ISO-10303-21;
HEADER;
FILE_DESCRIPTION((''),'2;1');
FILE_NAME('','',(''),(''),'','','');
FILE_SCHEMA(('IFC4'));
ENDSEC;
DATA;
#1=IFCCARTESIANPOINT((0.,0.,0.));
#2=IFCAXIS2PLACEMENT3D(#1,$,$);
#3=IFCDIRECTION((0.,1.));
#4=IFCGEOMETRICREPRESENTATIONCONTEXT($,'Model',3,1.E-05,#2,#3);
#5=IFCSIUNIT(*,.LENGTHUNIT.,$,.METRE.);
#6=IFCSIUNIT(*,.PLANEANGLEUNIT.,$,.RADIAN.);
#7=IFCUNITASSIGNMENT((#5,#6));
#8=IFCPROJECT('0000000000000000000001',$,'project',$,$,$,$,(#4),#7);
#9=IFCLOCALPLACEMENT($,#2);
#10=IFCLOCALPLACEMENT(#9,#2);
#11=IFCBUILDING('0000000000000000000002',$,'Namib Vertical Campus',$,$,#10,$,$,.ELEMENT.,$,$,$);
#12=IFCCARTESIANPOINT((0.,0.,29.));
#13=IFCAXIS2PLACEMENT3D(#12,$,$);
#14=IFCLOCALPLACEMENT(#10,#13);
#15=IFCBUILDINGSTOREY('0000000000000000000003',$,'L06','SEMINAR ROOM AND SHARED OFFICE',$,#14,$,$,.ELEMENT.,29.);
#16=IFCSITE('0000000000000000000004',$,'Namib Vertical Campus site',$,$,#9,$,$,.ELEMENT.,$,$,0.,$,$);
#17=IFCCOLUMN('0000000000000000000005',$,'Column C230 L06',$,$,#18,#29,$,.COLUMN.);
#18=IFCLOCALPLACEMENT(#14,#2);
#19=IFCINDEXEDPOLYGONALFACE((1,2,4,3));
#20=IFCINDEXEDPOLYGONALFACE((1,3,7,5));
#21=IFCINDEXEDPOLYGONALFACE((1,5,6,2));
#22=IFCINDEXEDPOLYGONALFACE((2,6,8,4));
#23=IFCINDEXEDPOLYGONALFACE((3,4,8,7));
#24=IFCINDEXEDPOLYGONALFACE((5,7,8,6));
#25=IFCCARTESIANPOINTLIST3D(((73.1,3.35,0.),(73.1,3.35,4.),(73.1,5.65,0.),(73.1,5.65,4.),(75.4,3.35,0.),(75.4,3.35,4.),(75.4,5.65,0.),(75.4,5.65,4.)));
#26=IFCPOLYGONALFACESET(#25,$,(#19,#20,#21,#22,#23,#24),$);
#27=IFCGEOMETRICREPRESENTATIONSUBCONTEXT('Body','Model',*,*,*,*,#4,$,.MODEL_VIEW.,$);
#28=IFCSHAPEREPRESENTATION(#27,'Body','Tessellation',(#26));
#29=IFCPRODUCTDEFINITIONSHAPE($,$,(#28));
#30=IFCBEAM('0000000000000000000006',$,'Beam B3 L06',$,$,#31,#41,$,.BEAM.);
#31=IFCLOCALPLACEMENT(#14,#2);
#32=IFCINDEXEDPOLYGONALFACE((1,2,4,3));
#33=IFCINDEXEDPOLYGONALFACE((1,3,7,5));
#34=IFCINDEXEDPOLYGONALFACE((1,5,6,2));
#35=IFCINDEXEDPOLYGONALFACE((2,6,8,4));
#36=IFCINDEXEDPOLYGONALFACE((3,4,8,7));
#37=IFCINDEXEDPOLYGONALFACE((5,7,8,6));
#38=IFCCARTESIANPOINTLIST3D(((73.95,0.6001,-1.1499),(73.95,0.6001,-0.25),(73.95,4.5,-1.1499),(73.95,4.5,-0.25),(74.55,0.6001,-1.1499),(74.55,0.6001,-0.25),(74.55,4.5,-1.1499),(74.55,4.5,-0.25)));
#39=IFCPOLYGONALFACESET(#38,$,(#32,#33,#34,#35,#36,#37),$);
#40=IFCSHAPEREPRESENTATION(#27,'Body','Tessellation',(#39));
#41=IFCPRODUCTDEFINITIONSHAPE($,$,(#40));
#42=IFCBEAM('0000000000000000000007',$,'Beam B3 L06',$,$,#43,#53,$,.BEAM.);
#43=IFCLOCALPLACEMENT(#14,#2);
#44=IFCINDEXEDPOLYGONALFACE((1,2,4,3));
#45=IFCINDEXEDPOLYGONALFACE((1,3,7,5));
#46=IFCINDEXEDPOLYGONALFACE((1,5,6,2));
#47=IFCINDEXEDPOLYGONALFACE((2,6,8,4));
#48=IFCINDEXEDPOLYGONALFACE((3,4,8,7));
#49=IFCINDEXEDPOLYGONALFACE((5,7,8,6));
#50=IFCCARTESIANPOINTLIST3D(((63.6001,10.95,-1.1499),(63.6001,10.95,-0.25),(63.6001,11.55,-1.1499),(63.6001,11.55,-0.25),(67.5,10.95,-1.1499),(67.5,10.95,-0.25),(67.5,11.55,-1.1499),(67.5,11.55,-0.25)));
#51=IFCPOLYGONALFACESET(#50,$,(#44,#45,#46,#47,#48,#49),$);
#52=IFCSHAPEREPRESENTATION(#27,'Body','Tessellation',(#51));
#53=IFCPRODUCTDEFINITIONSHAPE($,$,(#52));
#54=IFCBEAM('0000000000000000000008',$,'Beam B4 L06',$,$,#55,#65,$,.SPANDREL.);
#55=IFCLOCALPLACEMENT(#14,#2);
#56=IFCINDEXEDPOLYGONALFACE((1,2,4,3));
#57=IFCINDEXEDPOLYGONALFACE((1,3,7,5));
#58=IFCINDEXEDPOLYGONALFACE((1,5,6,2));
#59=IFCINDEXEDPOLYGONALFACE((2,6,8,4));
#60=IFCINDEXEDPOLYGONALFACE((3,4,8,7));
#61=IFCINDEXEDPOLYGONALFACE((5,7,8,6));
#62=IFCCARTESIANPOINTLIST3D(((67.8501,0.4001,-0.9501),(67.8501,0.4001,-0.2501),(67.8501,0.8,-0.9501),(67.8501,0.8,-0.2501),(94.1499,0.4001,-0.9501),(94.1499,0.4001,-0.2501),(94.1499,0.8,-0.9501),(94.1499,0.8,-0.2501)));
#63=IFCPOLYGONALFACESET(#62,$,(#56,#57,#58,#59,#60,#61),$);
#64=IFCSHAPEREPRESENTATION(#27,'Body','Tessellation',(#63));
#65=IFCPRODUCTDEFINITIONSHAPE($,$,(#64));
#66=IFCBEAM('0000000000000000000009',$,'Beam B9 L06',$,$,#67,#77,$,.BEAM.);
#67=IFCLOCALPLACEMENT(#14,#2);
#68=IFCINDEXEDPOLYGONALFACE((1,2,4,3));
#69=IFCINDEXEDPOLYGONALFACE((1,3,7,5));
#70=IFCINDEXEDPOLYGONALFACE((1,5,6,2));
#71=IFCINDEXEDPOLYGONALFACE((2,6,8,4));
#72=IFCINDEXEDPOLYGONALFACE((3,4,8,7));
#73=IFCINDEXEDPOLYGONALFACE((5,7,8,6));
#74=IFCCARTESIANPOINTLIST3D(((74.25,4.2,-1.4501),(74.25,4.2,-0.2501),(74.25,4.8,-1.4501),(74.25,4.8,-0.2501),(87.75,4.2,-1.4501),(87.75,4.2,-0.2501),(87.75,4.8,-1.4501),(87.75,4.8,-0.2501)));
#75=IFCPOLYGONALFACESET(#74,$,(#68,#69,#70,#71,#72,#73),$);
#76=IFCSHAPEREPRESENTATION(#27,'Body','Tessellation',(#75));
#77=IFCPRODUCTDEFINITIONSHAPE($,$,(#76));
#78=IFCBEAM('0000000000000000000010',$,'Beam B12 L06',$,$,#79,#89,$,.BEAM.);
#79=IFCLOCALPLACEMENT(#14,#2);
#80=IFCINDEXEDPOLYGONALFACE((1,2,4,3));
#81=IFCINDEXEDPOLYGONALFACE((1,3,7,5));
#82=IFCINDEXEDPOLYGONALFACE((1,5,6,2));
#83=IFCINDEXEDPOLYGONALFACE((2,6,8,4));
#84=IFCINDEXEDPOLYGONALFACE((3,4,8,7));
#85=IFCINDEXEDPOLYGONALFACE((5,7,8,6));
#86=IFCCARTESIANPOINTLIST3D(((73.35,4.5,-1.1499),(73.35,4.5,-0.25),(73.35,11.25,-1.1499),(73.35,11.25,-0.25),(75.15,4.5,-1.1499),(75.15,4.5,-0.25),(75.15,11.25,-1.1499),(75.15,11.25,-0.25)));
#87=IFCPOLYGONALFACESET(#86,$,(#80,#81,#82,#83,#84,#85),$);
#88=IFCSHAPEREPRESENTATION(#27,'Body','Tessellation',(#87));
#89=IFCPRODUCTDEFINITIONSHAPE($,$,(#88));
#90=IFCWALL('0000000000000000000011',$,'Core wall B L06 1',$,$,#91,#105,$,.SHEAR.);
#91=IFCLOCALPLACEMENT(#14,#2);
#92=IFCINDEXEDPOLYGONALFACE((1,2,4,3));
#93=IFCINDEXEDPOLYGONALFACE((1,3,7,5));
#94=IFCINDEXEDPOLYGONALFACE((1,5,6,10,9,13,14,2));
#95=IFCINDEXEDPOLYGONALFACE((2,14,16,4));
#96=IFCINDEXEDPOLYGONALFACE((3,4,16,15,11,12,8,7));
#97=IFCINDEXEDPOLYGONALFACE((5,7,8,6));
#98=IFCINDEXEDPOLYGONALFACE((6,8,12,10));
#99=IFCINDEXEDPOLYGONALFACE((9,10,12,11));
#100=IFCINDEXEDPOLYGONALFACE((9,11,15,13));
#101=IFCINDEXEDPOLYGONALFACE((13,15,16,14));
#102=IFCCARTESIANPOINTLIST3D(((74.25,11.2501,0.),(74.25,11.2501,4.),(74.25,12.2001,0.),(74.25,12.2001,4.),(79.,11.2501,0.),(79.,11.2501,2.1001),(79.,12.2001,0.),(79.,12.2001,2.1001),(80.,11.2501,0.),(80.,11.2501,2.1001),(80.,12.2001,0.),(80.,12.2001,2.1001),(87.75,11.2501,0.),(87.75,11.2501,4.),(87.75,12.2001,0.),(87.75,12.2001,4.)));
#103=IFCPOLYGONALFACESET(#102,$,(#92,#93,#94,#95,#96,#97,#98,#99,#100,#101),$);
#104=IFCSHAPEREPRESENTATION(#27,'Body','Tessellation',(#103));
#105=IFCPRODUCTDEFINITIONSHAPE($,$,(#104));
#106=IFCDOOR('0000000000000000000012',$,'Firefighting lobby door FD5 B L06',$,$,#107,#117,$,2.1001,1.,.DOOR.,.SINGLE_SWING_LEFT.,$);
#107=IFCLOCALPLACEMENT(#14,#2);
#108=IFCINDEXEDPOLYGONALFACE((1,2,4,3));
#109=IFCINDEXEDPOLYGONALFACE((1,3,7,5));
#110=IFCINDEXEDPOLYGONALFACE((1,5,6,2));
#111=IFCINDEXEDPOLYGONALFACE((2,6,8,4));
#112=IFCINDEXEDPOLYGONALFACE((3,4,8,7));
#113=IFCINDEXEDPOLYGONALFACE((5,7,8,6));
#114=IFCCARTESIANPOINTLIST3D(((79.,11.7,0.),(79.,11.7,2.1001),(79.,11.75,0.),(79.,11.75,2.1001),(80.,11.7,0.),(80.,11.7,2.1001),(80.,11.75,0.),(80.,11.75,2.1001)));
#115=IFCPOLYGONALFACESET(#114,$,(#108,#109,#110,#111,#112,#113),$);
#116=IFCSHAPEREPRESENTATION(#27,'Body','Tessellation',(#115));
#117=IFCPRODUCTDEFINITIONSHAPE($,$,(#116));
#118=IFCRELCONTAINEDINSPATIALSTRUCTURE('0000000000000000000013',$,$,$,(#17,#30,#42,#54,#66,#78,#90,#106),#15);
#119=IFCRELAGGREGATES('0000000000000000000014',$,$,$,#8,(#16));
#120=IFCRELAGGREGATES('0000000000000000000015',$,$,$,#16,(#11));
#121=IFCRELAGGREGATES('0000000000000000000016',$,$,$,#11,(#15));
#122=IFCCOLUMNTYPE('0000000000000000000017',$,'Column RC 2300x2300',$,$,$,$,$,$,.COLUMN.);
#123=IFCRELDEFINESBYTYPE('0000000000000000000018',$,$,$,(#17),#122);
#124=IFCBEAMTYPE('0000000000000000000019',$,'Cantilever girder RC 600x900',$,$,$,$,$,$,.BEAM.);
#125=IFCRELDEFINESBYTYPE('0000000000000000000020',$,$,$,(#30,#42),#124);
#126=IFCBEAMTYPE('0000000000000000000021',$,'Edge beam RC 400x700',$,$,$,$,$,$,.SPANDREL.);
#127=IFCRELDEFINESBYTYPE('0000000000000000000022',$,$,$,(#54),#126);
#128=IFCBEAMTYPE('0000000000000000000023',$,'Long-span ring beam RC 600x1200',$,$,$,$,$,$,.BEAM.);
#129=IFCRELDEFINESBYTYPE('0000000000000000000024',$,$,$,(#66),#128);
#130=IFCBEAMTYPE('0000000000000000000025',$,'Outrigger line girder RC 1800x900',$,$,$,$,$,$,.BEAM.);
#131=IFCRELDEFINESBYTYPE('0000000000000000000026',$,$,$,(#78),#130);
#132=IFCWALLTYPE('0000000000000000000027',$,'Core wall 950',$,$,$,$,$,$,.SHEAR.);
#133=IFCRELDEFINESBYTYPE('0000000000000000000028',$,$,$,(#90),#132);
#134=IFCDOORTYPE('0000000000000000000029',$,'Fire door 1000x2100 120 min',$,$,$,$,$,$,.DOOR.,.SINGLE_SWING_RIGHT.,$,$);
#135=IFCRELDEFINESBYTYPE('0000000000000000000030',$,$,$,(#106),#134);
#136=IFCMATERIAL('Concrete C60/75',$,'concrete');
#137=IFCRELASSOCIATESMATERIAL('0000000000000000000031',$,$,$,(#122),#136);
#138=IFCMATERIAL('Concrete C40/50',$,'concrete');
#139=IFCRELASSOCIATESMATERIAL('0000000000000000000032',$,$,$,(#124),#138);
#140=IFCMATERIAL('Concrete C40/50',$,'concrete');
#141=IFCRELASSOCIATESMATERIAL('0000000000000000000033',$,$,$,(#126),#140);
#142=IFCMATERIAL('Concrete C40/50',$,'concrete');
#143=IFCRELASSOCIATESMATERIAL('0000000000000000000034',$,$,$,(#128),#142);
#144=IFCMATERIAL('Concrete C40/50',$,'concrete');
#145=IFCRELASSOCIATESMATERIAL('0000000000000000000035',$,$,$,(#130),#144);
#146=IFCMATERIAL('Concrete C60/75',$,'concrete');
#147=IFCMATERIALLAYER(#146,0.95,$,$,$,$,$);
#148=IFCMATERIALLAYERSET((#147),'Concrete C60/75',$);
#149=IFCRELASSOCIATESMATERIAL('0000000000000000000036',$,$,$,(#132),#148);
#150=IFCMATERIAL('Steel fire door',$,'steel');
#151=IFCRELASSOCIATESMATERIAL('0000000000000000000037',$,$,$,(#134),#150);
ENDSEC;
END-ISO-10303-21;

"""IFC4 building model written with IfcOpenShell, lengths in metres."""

from ifc_helpers import new_model, si_unit, direction, frame, frame_2d, origin, origin_2d, place, context, subcontext, project, spatial, rectangle, extrude, material, layer, layer_set, material_profile, profile_set, type_object, element, fill, save


model = new_model("IFC4")

# Units and contexts
model_context = context("Model", 3, precision=1e-05, world=origin(), true_north=direction((0.0, 1.0)))
body_context = subcontext(model_context, "Body", "Model", "MODEL_VIEW")
ifc_project = project(units=[si_unit("LENGTHUNIT", "METRE"), si_unit("PLANEANGLEUNIT", "RADIAN")], contexts=[model_context])

# Site, building, storey
site_placement = place(None, origin())
site = spatial("IfcSite", under=ifc_project, at=site_placement, Name="Namib Vertical Campus site", CompositionType="ELEMENT", RefElevation=0.0)
building_placement = place(site_placement, origin())
building = spatial("IfcBuilding", under=site, at=building_placement, Name="Namib Vertical Campus", CompositionType="ELEMENT")
storey_placement = place(building_placement, frame((0.0, 0.0, 29.0)))
storey = spatial("IfcBuildingStorey", under=building, at=storey_placement, Name="L06", Description="SEMINAR ROOM AND SHARED OFFICE", CompositionType="ELEMENT", Elevation=29.0)

# Column
ifc_material_1 = material(Name="Concrete C60/75", Category="concrete")
ifc_material_profile_1 = material_profile(ifc_material_1, rectangle(XDim=2.3, YDim=2.3, at=origin_2d()))
ifc_profile_set_1 = profile_set([ifc_material_profile_1], Name="Concrete C60/75")
column_type = type_object("IfcColumnType", Name="Column RC 2300x2300", PredefinedType="COLUMN", material=ifc_profile_set_1)
column_placement = place(storey_placement, frame((74.25, 4.5, 0.0), z_axis=(0.0, 0.0, 1.0), x_axis=(1.0, 0.0, 0.0)))
element("IfcColumn", 1, at=column_placement, inside=storey, type_object=column_type, Name="Column C230 L06", PredefinedType="COLUMN", context=body_context, shape_type="SweptSolid", body=[
    extrude(rectangle(XDim=2.3, YDim=2.3, at=origin_2d()), origin(), (0.0, 0.0, 1.0), 4.0),
])

# Beams
ifc_material_2 = material(Name="Concrete C40/50", Category="concrete")
ifc_material_profile_2 = material_profile(ifc_material_2, rectangle(XDim=0.6001, YDim=0.8999, at=origin_2d()))
ifc_profile_set_2 = profile_set([ifc_material_profile_2], Name="Concrete C40/50")
beam_type_1 = type_object("IfcBeamType", Name="Cantilever girder RC 600x900", PredefinedType="BEAM", material=ifc_profile_set_2)
for number, where, z_axis, x_axis, name in (
    (2, (74.25, 4.5, -0.7), (0.0, -1.0, 0.0), (1.0, 0.0, 0.0), "Beam B3 L06"),
    (3, (67.5, 11.25, -0.7), (-1.0, 0.0, 0.0), (0.0, -1.0, 0.0), "Beam B3 L06"),
):
    element("IfcBeam", number, at=place(storey_placement, frame(where, z_axis=z_axis, x_axis=x_axis)), inside=storey, type_object=beam_type_1, Name=name, PredefinedType="BEAM", context=body_context, shape_type="SweptSolid", body=[
        extrude(rectangle(XDim=0.6001, YDim=0.8999, at=origin_2d()), origin(), (0.0, 0.0, 1.0), 3.8999),
    ])
ifc_material_3 = material(Name="Concrete C40/50", Category="concrete")
ifc_material_profile_3 = material_profile(ifc_material_3, rectangle(XDim=0.3999, YDim=0.7, at=origin_2d()))
ifc_profile_set_3 = profile_set([ifc_material_profile_3], Name="Concrete C40/50")
beam_type_2 = type_object("IfcBeamType", Name="Edge beam RC 400x700", PredefinedType="SPANDREL", material=ifc_profile_set_3)
beam_1_placement = place(storey_placement, frame((67.8501, 0.6001, -0.6001), z_axis=(1.0, 0.0, 0.0), x_axis=(0.0, 1.0, 0.0)))
element("IfcBeam", 4, at=beam_1_placement, inside=storey, type_object=beam_type_2, Name="Beam B4 L06", PredefinedType="SPANDREL", context=body_context, shape_type="SweptSolid", body=[
    extrude(rectangle(XDim=0.3999, YDim=0.7, at=origin_2d()), origin(), (0.0, 0.0, 1.0), 26.2998),
])
ifc_material_4 = material(Name="Concrete C40/50", Category="concrete")
ifc_material_profile_4 = material_profile(ifc_material_4, rectangle(XDim=0.6001, YDim=1.2, at=origin_2d()))
ifc_profile_set_4 = profile_set([ifc_material_profile_4], Name="Concrete C40/50")
beam_type_3 = type_object("IfcBeamType", Name="Long-span ring beam RC 600x1200", PredefinedType="BEAM", material=ifc_profile_set_4)
beam_2_placement = place(storey_placement, frame((74.25, 4.5, -0.8501), z_axis=(1.0, 0.0, 0.0), x_axis=(0.0, 1.0, 0.0)))
element("IfcBeam", 5, at=beam_2_placement, inside=storey, type_object=beam_type_3, Name="Beam B9 L06", PredefinedType="BEAM", context=body_context, shape_type="SweptSolid", body=[
    extrude(rectangle(XDim=0.6001, YDim=1.2, at=origin_2d()), origin(), (0.0, 0.0, 1.0), 13.5),
])
ifc_material_5 = material(Name="Concrete C40/50", Category="concrete")
ifc_material_profile_5 = material_profile(ifc_material_5, rectangle(XDim=1.8, YDim=0.8999, at=origin_2d()))
ifc_profile_set_5 = profile_set([ifc_material_profile_5], Name="Concrete C40/50")
beam_type_4 = type_object("IfcBeamType", Name="Outrigger line girder RC 1800x900", PredefinedType="BEAM", material=ifc_profile_set_5)
beam_3_placement = place(storey_placement, frame((74.25, 4.5, -0.7), z_axis=(0.0, 1.0, 0.0), x_axis=(-1.0, 0.0, 0.0)))
element("IfcBeam", 6, at=beam_3_placement, inside=storey, type_object=beam_type_4, Name="Beam B12 L06", PredefinedType="BEAM", context=body_context, shape_type="SweptSolid", body=[
    extrude(rectangle(XDim=1.8, YDim=0.8999, at=origin_2d()), origin(), (0.0, 0.0, 1.0), 6.75),
])

# Wall, opening, door
ifc_material_6 = material(Name="Concrete C60/75", Category="concrete")
ifc_layer_1 = layer(ifc_material_6, 0.95)
ifc_layer_set_1 = layer_set([ifc_layer_1], Name="Concrete C60/75")
wall_type_1 = type_object("IfcWallType", Name="Core wall 950", PredefinedType="SHEAR", material=ifc_layer_set_1)
wall_1_placement = place(storey_placement, frame((74.25, 11.7251, 0.0), z_axis=(0.0, 0.0, 1.0), x_axis=(1.0, 0.0, 0.0)))
wall_1 = element("IfcWall", 7, at=wall_1_placement, inside=storey, type_object=wall_type_1, Name="Core wall B L06 1", PredefinedType="SHEAR", context=body_context, shape_type="SweptSolid", body=[
    extrude(rectangle(XDim=13.5, YDim=0.95, at=frame_2d((6.75, 0.0))), origin(), (0.0, 0.0, 1.0), 4.0),
])
opening_1_placement = place(wall_1_placement, frame((4.75, 0.0, 0.0)))
opening_1 = element("IfcOpeningElement", 8, at=opening_1_placement, cuts=wall_1, PredefinedType="OPENING", context=body_context, shape_type="SweptSolid", body=[
    extrude(rectangle(XDim=1.0, YDim=2.1001, at=frame_2d((0.5, 1.05))), frame((0.0, 0.4849, 0.0), z_axis=(0.0, -1.0, 0.0), x_axis=(1.0, 0.0, 0.0)), (0.0, 0.0, 1.0), 0.97),
])
ifc_material_7 = material(Name="Steel fire door", Category="steel")
door_type_1 = type_object("IfcDoorType", Name="Fire door 1000x2100 120 min", OperationType="SINGLE_SWING_RIGHT", PredefinedType="DOOR", material=ifc_material_7)
door_1_placement = place(opening_1_placement, origin())
door_1 = element("IfcDoor", 9, at=door_1_placement, inside=storey, type_object=door_type_1, Name="Firefighting lobby door FD5 B L06", OperationType="SINGLE_SWING_LEFT", OverallHeight=2.1001, OverallWidth=1.0, PredefinedType="DOOR", context=body_context, shape_type="SweptSolid", body=[
    extrude(rectangle(XDim=1.0, YDim=2.1001, at=frame_2d((0.5, 1.05))), frame((0.0, 0.0249, 0.0), z_axis=(0.0, -1.0, 0.0), x_axis=(1.0, 0.0, 0.0)), (0.0, 0.0, 1.0), 0.05),
])
fill(opening_1, door_1)

save(model, "model.ifc")
